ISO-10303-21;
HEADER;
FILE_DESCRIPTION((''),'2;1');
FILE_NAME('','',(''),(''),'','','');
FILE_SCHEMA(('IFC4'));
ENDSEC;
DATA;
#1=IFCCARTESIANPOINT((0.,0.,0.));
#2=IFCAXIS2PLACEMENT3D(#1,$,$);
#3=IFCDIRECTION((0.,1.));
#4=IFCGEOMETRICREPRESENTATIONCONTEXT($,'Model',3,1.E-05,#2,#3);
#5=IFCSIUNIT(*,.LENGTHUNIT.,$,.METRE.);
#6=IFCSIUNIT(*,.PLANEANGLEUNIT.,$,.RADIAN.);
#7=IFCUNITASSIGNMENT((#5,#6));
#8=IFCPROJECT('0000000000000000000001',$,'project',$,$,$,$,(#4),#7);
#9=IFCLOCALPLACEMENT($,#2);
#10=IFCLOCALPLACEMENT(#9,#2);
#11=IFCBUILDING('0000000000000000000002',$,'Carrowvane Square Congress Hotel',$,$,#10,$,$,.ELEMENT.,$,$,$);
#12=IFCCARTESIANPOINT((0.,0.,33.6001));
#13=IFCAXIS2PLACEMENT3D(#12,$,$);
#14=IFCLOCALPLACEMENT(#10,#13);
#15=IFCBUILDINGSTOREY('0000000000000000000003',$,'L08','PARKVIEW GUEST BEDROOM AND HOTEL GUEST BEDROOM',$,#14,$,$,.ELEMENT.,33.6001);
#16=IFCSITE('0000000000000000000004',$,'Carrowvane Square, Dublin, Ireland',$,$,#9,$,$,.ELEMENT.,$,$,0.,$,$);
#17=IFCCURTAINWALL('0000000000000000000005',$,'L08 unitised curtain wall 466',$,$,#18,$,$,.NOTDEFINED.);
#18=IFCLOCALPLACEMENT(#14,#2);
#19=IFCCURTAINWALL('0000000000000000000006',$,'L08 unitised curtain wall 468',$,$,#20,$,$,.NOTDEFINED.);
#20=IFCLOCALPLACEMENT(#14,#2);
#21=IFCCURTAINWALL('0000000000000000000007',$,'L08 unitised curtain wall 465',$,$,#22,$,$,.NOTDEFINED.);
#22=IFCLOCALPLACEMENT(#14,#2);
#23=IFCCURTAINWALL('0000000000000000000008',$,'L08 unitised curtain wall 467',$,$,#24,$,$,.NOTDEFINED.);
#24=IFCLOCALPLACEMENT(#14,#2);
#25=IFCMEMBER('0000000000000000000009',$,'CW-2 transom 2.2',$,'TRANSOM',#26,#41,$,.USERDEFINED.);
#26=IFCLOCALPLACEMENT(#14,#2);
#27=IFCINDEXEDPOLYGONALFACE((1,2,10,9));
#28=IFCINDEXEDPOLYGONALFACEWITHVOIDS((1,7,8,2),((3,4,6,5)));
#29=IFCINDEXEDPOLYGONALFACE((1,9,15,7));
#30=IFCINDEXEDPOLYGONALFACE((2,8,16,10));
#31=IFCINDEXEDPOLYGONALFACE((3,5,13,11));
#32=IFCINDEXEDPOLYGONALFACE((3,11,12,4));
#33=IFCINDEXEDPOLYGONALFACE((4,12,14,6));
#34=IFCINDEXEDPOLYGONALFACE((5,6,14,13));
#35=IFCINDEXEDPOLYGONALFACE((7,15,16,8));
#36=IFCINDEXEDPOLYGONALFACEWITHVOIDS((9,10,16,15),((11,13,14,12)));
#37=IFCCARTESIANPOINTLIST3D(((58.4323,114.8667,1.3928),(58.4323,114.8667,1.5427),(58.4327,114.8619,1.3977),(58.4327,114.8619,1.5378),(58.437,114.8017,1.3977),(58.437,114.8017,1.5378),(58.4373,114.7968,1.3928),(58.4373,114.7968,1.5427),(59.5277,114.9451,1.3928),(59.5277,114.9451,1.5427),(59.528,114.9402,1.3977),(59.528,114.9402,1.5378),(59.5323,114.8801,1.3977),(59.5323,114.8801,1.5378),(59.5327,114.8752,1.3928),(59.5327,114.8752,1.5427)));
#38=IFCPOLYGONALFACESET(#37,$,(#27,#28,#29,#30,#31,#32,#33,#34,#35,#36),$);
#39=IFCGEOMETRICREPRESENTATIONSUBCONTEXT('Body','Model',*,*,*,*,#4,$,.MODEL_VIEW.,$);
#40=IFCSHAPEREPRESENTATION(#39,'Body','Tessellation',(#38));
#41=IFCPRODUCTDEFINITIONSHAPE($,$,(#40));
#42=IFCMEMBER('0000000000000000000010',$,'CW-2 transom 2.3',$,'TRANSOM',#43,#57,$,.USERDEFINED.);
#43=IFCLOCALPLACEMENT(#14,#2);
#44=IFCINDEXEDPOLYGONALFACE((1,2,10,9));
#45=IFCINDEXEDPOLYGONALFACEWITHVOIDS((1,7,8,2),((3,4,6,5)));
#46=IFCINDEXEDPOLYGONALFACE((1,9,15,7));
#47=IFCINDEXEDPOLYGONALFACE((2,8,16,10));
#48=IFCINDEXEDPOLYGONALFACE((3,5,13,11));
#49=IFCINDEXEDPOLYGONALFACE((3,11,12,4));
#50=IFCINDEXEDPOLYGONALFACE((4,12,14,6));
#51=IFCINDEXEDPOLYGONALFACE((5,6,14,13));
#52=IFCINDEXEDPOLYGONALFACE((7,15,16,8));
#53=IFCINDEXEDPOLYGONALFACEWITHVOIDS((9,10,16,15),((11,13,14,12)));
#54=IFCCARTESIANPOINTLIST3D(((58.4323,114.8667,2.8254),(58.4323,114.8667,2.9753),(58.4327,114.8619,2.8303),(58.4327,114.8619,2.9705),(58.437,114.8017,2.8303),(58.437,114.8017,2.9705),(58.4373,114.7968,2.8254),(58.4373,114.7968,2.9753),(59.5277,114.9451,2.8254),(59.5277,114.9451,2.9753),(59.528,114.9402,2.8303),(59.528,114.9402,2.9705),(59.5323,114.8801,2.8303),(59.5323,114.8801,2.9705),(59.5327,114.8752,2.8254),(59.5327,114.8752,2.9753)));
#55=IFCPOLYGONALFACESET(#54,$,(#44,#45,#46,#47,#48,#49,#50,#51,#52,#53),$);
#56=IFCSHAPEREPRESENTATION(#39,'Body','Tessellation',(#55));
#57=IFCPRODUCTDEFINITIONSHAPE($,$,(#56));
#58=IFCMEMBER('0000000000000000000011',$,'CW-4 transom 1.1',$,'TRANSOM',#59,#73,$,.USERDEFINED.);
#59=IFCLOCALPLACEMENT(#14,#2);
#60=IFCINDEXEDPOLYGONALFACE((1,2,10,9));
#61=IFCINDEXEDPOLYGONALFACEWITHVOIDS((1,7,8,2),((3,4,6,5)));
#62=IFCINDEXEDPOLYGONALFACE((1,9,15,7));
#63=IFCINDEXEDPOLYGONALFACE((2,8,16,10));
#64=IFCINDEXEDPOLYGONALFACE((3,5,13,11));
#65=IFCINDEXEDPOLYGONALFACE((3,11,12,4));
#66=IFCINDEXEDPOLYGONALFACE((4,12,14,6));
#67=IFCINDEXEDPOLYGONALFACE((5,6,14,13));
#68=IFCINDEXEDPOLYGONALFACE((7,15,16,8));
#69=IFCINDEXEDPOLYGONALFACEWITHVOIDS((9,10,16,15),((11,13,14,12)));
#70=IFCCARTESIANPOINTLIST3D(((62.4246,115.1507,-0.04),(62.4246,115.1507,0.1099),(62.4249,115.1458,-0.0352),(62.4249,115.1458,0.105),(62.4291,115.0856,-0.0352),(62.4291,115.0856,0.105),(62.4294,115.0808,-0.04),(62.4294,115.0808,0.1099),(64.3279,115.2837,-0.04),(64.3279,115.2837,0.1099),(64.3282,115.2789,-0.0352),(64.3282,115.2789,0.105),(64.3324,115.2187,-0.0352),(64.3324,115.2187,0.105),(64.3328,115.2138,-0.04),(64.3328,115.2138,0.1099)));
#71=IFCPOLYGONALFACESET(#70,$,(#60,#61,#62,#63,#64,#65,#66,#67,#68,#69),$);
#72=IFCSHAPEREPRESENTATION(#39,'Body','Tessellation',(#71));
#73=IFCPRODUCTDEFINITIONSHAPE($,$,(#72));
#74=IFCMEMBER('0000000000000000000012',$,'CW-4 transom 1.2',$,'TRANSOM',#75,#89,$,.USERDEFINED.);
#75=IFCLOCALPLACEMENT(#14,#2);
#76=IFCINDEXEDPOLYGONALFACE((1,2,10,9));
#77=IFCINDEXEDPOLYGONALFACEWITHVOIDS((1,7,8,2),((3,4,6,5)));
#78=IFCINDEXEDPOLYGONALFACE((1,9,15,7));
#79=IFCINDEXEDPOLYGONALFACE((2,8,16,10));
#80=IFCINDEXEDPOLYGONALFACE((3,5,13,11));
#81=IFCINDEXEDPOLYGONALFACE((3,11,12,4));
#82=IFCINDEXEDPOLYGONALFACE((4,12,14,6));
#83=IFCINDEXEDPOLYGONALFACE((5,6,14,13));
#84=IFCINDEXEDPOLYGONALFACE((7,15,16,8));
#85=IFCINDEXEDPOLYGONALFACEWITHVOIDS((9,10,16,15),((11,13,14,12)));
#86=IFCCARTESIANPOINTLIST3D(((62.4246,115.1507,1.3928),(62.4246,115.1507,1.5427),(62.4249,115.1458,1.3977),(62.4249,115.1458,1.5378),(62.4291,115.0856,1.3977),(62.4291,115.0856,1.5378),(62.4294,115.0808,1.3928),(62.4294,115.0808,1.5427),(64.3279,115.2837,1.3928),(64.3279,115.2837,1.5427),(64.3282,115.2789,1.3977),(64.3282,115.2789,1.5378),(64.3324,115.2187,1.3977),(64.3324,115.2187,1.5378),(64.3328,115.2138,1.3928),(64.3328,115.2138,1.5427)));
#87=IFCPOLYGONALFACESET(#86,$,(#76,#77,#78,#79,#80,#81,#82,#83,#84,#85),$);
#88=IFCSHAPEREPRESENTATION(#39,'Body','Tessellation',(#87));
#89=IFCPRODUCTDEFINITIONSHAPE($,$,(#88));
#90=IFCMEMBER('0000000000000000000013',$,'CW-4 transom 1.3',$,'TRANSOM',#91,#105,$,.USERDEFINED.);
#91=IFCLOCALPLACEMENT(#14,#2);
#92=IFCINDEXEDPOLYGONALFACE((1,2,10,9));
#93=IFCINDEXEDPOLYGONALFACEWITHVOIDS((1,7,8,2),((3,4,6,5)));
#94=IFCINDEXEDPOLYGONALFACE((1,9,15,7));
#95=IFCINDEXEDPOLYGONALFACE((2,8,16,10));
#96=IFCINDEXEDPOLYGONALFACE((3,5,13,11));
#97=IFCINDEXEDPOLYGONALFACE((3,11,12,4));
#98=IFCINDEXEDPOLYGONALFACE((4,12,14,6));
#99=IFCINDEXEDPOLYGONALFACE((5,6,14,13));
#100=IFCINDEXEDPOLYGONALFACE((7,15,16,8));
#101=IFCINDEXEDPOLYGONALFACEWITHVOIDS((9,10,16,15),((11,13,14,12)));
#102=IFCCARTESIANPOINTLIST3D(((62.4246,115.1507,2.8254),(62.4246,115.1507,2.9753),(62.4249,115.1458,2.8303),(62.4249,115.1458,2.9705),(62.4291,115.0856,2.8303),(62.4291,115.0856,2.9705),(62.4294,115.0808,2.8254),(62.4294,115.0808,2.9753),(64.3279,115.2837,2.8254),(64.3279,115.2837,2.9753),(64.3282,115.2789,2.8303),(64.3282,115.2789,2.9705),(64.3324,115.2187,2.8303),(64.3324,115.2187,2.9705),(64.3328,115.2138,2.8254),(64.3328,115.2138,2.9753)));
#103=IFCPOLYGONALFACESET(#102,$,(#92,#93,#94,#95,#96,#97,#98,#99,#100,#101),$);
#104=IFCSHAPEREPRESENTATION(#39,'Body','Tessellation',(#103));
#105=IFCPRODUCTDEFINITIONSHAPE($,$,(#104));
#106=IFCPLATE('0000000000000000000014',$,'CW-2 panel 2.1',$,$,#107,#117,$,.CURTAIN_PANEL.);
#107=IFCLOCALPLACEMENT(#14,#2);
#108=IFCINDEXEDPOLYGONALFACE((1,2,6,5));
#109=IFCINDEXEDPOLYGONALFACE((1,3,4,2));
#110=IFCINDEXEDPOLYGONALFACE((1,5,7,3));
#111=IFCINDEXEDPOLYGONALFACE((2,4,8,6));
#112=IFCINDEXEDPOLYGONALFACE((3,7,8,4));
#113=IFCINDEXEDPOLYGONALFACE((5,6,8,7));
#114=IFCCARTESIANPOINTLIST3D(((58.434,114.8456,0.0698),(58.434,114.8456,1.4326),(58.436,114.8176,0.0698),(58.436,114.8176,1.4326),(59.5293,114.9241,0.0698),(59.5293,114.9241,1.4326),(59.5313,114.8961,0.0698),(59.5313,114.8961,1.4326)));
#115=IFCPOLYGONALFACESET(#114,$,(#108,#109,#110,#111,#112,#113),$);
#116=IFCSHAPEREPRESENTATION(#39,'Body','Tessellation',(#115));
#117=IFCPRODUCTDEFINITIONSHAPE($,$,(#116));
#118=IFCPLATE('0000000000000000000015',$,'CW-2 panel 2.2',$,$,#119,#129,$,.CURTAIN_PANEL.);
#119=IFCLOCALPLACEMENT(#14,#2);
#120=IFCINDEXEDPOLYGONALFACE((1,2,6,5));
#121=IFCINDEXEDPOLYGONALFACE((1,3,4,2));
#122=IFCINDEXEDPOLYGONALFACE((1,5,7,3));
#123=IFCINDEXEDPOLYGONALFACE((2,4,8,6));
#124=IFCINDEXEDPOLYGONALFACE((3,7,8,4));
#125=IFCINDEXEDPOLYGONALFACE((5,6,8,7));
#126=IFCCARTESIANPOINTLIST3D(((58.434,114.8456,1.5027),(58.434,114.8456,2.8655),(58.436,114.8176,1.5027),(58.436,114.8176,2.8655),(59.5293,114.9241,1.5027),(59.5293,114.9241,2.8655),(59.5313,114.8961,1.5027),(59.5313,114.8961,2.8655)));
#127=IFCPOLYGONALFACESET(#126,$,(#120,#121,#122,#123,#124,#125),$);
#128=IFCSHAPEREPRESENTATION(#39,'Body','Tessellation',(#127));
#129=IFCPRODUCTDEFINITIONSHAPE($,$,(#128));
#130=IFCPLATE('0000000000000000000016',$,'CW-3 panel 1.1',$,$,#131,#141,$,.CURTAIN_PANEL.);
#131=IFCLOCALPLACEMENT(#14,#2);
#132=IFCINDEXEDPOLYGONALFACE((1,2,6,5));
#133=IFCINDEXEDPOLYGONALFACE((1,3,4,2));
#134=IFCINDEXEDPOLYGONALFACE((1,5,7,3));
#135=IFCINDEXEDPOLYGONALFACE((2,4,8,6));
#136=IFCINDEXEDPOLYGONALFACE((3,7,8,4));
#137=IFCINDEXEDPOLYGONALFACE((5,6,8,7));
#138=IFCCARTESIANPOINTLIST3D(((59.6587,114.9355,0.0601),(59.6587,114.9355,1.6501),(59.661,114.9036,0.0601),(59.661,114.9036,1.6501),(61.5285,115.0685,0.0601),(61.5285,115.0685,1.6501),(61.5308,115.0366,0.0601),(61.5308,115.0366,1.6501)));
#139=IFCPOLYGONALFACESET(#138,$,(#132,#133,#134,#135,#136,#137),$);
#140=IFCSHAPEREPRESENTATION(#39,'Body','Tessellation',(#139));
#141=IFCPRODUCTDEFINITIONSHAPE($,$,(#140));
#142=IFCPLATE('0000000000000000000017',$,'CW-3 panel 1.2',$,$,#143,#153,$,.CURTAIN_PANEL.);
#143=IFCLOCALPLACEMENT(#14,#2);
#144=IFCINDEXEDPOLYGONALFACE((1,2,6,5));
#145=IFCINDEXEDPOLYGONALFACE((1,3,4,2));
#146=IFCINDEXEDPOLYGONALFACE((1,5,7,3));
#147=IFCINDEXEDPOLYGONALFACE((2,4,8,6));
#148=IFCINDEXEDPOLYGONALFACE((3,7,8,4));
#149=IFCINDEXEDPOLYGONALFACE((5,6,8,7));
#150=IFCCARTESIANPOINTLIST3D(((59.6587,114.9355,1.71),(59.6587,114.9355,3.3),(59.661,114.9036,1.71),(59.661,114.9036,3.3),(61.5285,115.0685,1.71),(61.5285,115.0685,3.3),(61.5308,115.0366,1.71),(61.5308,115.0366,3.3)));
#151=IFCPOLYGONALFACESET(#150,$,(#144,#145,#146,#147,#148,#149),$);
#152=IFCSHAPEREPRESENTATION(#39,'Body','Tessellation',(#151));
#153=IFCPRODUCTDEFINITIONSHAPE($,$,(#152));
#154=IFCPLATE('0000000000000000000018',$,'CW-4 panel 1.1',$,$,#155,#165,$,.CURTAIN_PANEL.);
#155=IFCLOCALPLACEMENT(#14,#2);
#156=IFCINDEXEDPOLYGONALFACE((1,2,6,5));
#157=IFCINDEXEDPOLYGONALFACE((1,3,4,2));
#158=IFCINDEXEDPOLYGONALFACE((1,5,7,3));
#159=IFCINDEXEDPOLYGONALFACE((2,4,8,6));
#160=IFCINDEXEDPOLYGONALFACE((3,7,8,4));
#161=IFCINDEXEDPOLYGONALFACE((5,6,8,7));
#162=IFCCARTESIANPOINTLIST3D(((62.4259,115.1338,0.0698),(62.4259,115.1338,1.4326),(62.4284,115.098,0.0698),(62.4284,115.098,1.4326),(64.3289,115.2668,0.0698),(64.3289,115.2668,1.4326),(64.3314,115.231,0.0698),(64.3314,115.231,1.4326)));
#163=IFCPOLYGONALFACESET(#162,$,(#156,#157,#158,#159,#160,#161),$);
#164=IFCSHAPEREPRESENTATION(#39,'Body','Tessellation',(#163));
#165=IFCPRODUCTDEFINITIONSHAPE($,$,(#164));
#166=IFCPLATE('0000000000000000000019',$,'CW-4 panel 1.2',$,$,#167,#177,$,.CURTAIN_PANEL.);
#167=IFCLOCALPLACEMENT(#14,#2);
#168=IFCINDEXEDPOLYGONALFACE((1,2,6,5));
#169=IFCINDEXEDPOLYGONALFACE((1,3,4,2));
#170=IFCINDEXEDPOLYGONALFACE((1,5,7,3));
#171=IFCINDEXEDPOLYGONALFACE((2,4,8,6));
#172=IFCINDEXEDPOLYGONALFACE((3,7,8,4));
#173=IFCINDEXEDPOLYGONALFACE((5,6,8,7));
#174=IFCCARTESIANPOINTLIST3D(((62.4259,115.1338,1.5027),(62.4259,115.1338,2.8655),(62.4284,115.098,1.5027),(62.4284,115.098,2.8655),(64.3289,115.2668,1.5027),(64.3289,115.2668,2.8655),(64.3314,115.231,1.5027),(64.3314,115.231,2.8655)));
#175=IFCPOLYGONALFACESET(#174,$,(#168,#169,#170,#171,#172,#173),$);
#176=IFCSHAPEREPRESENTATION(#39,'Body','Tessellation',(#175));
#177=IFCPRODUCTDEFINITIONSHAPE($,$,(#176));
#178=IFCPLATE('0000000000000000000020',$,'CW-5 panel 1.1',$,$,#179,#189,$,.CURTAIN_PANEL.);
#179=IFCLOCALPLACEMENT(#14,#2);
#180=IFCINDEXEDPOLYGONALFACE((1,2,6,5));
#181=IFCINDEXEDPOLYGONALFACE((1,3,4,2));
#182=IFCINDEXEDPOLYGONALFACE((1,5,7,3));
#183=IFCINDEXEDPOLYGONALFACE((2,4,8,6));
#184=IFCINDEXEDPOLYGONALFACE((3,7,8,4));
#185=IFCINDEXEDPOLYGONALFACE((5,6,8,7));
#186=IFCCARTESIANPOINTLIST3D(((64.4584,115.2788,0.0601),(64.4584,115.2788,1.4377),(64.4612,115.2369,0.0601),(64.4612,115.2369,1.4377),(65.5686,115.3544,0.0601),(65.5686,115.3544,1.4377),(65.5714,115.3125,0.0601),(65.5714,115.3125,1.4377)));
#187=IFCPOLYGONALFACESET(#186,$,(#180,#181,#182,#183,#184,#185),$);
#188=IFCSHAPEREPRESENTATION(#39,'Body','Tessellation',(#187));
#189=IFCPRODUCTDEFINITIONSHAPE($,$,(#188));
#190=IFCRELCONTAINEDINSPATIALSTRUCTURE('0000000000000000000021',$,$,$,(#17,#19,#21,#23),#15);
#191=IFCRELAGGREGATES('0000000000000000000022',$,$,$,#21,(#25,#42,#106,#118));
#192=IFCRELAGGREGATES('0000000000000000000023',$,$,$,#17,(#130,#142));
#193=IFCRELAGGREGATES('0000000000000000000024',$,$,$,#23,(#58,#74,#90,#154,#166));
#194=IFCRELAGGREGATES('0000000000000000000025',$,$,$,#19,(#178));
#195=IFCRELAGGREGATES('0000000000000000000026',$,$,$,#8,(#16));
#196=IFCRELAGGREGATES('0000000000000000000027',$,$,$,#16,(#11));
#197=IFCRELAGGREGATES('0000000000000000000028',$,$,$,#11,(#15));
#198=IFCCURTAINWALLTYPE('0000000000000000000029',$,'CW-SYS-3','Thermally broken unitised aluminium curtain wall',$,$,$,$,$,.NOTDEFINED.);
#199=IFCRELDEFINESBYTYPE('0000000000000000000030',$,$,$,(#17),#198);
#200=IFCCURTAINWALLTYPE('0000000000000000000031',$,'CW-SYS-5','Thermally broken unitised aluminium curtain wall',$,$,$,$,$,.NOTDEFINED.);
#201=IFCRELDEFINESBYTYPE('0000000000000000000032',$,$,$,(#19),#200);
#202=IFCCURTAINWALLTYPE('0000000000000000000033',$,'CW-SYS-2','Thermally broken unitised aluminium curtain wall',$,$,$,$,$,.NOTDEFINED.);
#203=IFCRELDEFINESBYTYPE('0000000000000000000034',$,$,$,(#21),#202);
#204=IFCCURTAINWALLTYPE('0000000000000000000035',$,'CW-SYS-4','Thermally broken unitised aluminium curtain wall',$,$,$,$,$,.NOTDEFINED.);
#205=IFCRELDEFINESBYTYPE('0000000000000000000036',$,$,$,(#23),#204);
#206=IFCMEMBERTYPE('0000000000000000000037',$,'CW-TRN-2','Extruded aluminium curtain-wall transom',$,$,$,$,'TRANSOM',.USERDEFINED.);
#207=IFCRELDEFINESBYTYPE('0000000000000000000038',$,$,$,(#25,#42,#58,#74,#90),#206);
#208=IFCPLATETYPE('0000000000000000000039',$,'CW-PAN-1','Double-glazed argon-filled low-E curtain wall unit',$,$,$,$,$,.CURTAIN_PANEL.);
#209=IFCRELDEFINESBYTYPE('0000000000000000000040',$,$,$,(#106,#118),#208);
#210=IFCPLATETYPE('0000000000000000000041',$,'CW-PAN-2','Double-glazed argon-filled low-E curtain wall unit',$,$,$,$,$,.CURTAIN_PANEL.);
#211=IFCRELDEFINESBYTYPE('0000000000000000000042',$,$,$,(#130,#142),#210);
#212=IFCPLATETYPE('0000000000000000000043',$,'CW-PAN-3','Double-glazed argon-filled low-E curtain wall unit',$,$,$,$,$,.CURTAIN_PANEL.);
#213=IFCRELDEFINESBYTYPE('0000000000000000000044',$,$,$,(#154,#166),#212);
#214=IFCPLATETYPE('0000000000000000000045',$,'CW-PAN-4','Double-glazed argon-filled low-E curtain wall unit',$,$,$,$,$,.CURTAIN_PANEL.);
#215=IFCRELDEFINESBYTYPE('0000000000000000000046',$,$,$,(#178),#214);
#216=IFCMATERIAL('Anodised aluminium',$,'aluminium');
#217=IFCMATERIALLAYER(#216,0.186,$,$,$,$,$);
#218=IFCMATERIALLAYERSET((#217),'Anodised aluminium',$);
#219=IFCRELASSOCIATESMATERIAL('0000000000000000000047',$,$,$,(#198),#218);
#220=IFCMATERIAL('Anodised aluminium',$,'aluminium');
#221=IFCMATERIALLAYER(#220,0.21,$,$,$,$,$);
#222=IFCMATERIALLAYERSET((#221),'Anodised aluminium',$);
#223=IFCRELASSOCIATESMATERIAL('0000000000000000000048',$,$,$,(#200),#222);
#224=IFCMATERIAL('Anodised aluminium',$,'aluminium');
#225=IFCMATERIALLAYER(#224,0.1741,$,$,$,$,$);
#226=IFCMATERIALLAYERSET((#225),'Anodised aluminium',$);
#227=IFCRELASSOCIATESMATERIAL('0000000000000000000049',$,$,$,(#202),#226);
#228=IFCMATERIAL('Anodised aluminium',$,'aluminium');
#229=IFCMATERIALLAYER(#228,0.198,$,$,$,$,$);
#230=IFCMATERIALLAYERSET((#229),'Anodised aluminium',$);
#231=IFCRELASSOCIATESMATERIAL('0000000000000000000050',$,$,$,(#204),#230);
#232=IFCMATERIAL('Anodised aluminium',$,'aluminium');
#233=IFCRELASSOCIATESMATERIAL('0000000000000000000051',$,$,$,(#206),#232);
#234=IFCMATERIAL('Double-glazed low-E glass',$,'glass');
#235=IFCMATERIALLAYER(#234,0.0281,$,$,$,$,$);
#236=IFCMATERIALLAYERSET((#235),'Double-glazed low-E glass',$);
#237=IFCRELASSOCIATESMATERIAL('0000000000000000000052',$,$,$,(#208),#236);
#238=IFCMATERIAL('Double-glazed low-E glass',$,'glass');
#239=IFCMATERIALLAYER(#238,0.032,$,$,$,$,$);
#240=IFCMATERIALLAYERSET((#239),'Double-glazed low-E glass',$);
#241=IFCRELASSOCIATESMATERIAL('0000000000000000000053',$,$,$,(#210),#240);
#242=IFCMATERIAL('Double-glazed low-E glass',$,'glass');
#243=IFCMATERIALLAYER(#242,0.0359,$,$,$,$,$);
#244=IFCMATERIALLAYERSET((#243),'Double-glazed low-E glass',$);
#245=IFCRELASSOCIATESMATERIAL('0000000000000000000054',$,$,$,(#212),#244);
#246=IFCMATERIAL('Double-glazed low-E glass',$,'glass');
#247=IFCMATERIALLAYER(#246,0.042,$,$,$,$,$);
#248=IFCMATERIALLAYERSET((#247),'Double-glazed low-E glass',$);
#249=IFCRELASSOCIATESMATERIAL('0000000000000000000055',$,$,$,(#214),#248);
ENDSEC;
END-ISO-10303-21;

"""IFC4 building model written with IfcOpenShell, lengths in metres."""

from ifc_helpers import new_model, si_unit, direction, frame, origin, origin_2d, place, context, subcontext, project, spatial, rectangle, hollow_rectangle, extrude, material, layer, layer_set, material_profile, profile_set, type_object, element, aggregate, save


model = new_model("IFC4")

# Units and contexts
model_context = context("Model", 3, precision=1e-05, world=origin(), true_north=direction((0.0, 1.0)))
body_context = subcontext(model_context, "Body", "Model", "MODEL_VIEW")
ifc_project = project(units=[si_unit("LENGTHUNIT", "METRE"), si_unit("PLANEANGLEUNIT", "RADIAN")], contexts=[model_context])

# Site, building, storey
site_placement = place(None, origin())
site = spatial("IfcSite", under=ifc_project, at=site_placement, Name="Carrowvane Square, Dublin, Ireland", CompositionType="ELEMENT", RefElevation=0.0)
building_placement = place(site_placement, origin())
building = spatial("IfcBuilding", under=site, at=building_placement, Name="Carrowvane Square Congress Hotel", CompositionType="ELEMENT")
storey_placement = place(building_placement, frame((0.0, 0.0, 33.6001)))
storey = spatial("IfcBuildingStorey", under=building, at=storey_placement, Name="L08", Description="PARKVIEW GUEST BEDROOM AND HOTEL GUEST BEDROOM", CompositionType="ELEMENT", Elevation=33.6001)

# Curtain walls
ifc_material_1 = material(Name="Anodised aluminium", Category="aluminium")
ifc_layer_1 = layer(ifc_material_1, 0.186)
ifc_layer_set_1 = layer_set([ifc_layer_1], Name="Anodised aluminium")
curtain_wall_type_1 = type_object("IfcCurtainWallType", Name="CW-SYS-3", Description="Thermally broken unitised aluminium curtain wall", PredefinedType="NOTDEFINED", material=ifc_layer_set_1)
curtain_wall_1_placement = place(storey_placement, origin())
curtain_wall_1 = element("IfcCurtainWall", 1, at=curtain_wall_1_placement, inside=storey, type_object=curtain_wall_type_1, Name="L08 unitised curtain wall 466", PredefinedType="NOTDEFINED")
ifc_material_2 = material(Name="Anodised aluminium", Category="aluminium")
ifc_layer_2 = layer(ifc_material_2, 0.21)
ifc_layer_set_2 = layer_set([ifc_layer_2], Name="Anodised aluminium")
curtain_wall_type_2 = type_object("IfcCurtainWallType", Name="CW-SYS-5", Description="Thermally broken unitised aluminium curtain wall", PredefinedType="NOTDEFINED", material=ifc_layer_set_2)
curtain_wall_2_placement = place(storey_placement, origin())
curtain_wall_2 = element("IfcCurtainWall", 2, at=curtain_wall_2_placement, inside=storey, type_object=curtain_wall_type_2, Name="L08 unitised curtain wall 468", PredefinedType="NOTDEFINED")

# Curtain wall
ifc_material_3 = material(Name="Anodised aluminium", Category="aluminium")
ifc_layer_3 = layer(ifc_material_3, 0.1741)
ifc_layer_set_3 = layer_set([ifc_layer_3], Name="Anodised aluminium")
curtain_wall_type_3 = type_object("IfcCurtainWallType", Name="CW-SYS-2", Description="Thermally broken unitised aluminium curtain wall", PredefinedType="NOTDEFINED", material=ifc_layer_set_3)
curtain_wall_3_placement = place(storey_placement, origin())
curtain_wall_3 = element("IfcCurtainWall", 3, at=curtain_wall_3_placement, inside=storey, type_object=curtain_wall_type_3, Name="L08 unitised curtain wall 465", PredefinedType="NOTDEFINED")

# Curtain wall
ifc_material_4 = material(Name="Anodised aluminium", Category="aluminium")
ifc_layer_4 = layer(ifc_material_4, 0.198)
ifc_layer_set_4 = layer_set([ifc_layer_4], Name="Anodised aluminium")
curtain_wall_type_4 = type_object("IfcCurtainWallType", Name="CW-SYS-4", Description="Thermally broken unitised aluminium curtain wall", PredefinedType="NOTDEFINED", material=ifc_layer_set_4)
curtain_wall_4_placement = place(storey_placement, origin())
curtain_wall_4 = element("IfcCurtainWall", 4, at=curtain_wall_4_placement, inside=storey, type_object=curtain_wall_type_4, Name="L08 unitised curtain wall 467", PredefinedType="NOTDEFINED")

# Members
ifc_material_5 = material(Name="Anodised aluminium", Category="aluminium")
ifc_material_profile_1 = material_profile(ifc_material_5, hollow_rectangle(XDim=0.0701, YDim=0.1499, WallThickness=0.0049, at=origin_2d()), Name="CW-TR 70x150x5")
ifc_profile_set_1 = profile_set([ifc_material_profile_1], Name="Anodised aluminium")
member_type_1 = type_object("IfcMemberType", Name="CW-TRN-2", Description="Extruded aluminium curtain-wall transom", ElementType="TRANSOM", PredefinedType="USERDEFINED", material=ifc_profile_set_1)
member_1_placement = place(storey_placement, frame((58.4348, 114.8318, 1.4678), z_axis=(0.997451, 0.071358, 0.0), x_axis=(-0.071358, 0.997451, 0.0)))
member_1 = element("IfcMember", 5, at=member_1_placement, type_object=member_type_1, Name="CW-2 transom 2.2", ObjectType="TRANSOM", PredefinedType="USERDEFINED", context=body_context, shape_type="SweptSolid", body=[
    extrude(hollow_rectangle(XDim=0.0701, YDim=0.1499, WallThickness=0.0049, at=origin_2d()), origin(), (0.0, 0.0, 1.0), 1.0981),
])
member_2_placement = place(storey_placement, frame((58.4348, 114.8318, 2.9004), z_axis=(0.997451, 0.071358, 0.0), x_axis=(-0.071358, 0.997451, 0.0)))
member_2 = element("IfcMember", 6, at=member_2_placement, type_object=member_type_1, Name="CW-2 transom 2.3", ObjectType="TRANSOM", PredefinedType="USERDEFINED", context=body_context, shape_type="SweptSolid", body=[
    extrude(hollow_rectangle(XDim=0.0701, YDim=0.1499, WallThickness=0.0049, at=origin_2d()), origin(), (0.0, 0.0, 1.0), 1.0981),
])
member_3_placement = place(storey_placement, frame((62.427, 115.1157, 0.0349), z_axis=(0.997565, 0.069737, 0.0), x_axis=(-0.069737, 0.997565, 0.0)))
member_3 = element("IfcMember", 7, at=member_3_placement, type_object=member_type_1, Name="CW-4 transom 1.1", ObjectType="TRANSOM", PredefinedType="USERDEFINED", context=body_context, shape_type="SweptSolid", body=[
    extrude(hollow_rectangle(XDim=0.0701, YDim=0.1499, WallThickness=0.0049, at=origin_2d()), origin(), (0.0, 0.0, 1.0), 1.908),
])
member_4_placement = place(storey_placement, frame((62.427, 115.1157, 1.4678), z_axis=(0.997565, 0.069737, 0.0), x_axis=(-0.069737, 0.997565, 0.0)))
member_4 = element("IfcMember", 8, at=member_4_placement, type_object=member_type_1, Name="CW-4 transom 1.2", ObjectType="TRANSOM", PredefinedType="USERDEFINED", context=body_context, shape_type="SweptSolid", body=[
    extrude(hollow_rectangle(XDim=0.0701, YDim=0.1499, WallThickness=0.0049, at=origin_2d()), origin(), (0.0, 0.0, 1.0), 1.908),
])
member_5_placement = place(storey_placement, frame((62.427, 115.1157, 2.9004), z_axis=(0.997565, 0.069737, 0.0), x_axis=(-0.069737, 0.997565, 0.0)))
member_5 = element("IfcMember", 9, at=member_5_placement, type_object=member_type_1, Name="CW-4 transom 1.3", ObjectType="TRANSOM", PredefinedType="USERDEFINED", context=body_context, shape_type="SweptSolid", body=[
    extrude(hollow_rectangle(XDim=0.0701, YDim=0.1499, WallThickness=0.0049, at=origin_2d()), origin(), (0.0, 0.0, 1.0), 1.908),
])

# Plates
ifc_material_6 = material(Name="Double-glazed low-E glass", Category="glass")
ifc_layer_5 = layer(ifc_material_6, 0.0281)
ifc_layer_set_5 = layer_set([ifc_layer_5], Name="Double-glazed low-E glass")
plate_type_1 = type_object("IfcPlateType", Name="CW-PAN-1", Description="Double-glazed argon-filled low-E curtain wall unit", PredefinedType="CURTAIN_PANEL", material=ifc_layer_set_5)
plate_1_placement = place(storey_placement, frame((58.9827, 114.8708, 0.0698), z_axis=(0.0, 0.0, 1.0), x_axis=(0.997438, 0.071532, 0.0)))
plate_1 = element("IfcPlate", 10, at=plate_1_placement, type_object=plate_type_1, Name="CW-2 panel 2.1", PredefinedType="CURTAIN_PANEL", context=body_context, shape_type="SweptSolid", body=[
    extrude(rectangle(XDim=1.0981, YDim=0.0281, at=origin_2d()), origin(), (0.0, 0.0, 1.0), 1.3628),
])
plate_2_placement = place(storey_placement, frame((58.9827, 114.8708, 1.5027), z_axis=(0.0, 0.0, 1.0), x_axis=(0.997438, 0.071532, 0.0)))
plate_2 = element("IfcPlate", 11, at=plate_2_placement, type_object=plate_type_1, Name="CW-2 panel 2.2", PredefinedType="CURTAIN_PANEL", context=body_context, shape_type="SweptSolid", body=[
    extrude(rectangle(XDim=1.0981, YDim=0.0281, at=origin_2d()), origin(), (0.0, 0.0, 1.0), 1.3628),
])
aggregate(curtain_wall_3, [member_1, member_2, plate_1, plate_2])
ifc_material_7 = material(Name="Double-glazed low-E glass", Category="glass")
ifc_layer_6 = layer(ifc_material_7, 0.032)
ifc_layer_set_6 = layer_set([ifc_layer_6], Name="Double-glazed low-E glass")
plate_type_2 = type_object("IfcPlateType", Name="CW-PAN-2", Description="Double-glazed argon-filled low-E curtain wall unit", PredefinedType="CURTAIN_PANEL", material=ifc_layer_set_6)
plate_3_placement = place(storey_placement, frame((60.5947, 114.9861, 0.0601), z_axis=(0.0, 0.0, 1.0), x_axis=(0.997479, 0.07096, 0.0)))
plate_3 = element("IfcPlate", 12, at=plate_3_placement, type_object=plate_type_2, Name="CW-3 panel 1.1", PredefinedType="CURTAIN_PANEL", context=body_context, shape_type="SweptSolid", body=[
    extrude(rectangle(XDim=1.8745, YDim=0.032, at=origin_2d()), origin(), (0.0, 0.0, 1.0), 1.5901),
])
plate_4_placement = place(storey_placement, frame((60.5947, 114.9861, 1.71), z_axis=(0.0, 0.0, 1.0), x_axis=(0.997479, 0.07096, 0.0)))
plate_4 = element("IfcPlate", 13, at=plate_4_placement, type_object=plate_type_2, Name="CW-3 panel 1.2", PredefinedType="CURTAIN_PANEL", context=body_context, shape_type="SweptSolid", body=[
    extrude(rectangle(XDim=1.8745, YDim=0.032, at=origin_2d()), origin(), (0.0, 0.0, 1.0), 1.5901),
])
aggregate(curtain_wall_1, [plate_3, plate_4])
ifc_material_8 = material(Name="Double-glazed low-E glass", Category="glass")
ifc_layer_7 = layer(ifc_material_8, 0.0359)
ifc_layer_set_7 = layer_set([ifc_layer_7], Name="Double-glazed low-E glass")
plate_type_3 = type_object("IfcPlateType", Name="CW-PAN-3", Description="Double-glazed argon-filled low-E curtain wall unit", PredefinedType="CURTAIN_PANEL", material=ifc_layer_set_7)
plate_5_placement = place(storey_placement, frame((63.3787, 115.1824, 0.0698), z_axis=(0.0, 0.0, 1.0), x_axis=(0.997566, 0.069724, 0.0)))
plate_5 = element("IfcPlate", 14, at=plate_5_placement, type_object=plate_type_3, Name="CW-4 panel 1.1", PredefinedType="CURTAIN_PANEL", context=body_context, shape_type="SweptSolid", body=[
    extrude(rectangle(XDim=1.9077, YDim=0.0359, at=origin_2d()), origin(), (0.0, 0.0, 1.0), 1.3628),
])
plate_6_placement = place(storey_placement, frame((63.3787, 115.1824, 1.5027), z_axis=(0.0, 0.0, 1.0), x_axis=(0.997566, 0.069724, 0.0)))
plate_6 = element("IfcPlate", 15, at=plate_6_placement, type_object=plate_type_3, Name="CW-4 panel 1.2", PredefinedType="CURTAIN_PANEL", context=body_context, shape_type="SweptSolid", body=[
    extrude(rectangle(XDim=1.9077, YDim=0.0359, at=origin_2d()), origin(), (0.0, 0.0, 1.0), 1.3628),
])
aggregate(curtain_wall_4, [member_3, member_4, member_5, plate_5, plate_6])
ifc_material_9 = material(Name="Double-glazed low-E glass", Category="glass")
ifc_layer_8 = layer(ifc_material_9, 0.042)
ifc_layer_set_8 = layer_set([ifc_layer_8], Name="Double-glazed low-E glass")
plate_type_4 = type_object("IfcPlateType", Name="CW-PAN-4", Description="Double-glazed argon-filled low-E curtain wall unit", PredefinedType="CURTAIN_PANEL", material=ifc_layer_set_8)
plate_7_placement = place(storey_placement, frame((65.0149, 115.2957, 0.0601), z_axis=(0.0, 0.0, 1.0), x_axis=(0.997694, 0.067865, 0.0)))
plate_7 = element("IfcPlate", 16, at=plate_7_placement, type_object=plate_type_4, Name="CW-5 panel 1.1", PredefinedType="CURTAIN_PANEL", context=body_context, shape_type="SweptSolid", body=[
    extrude(rectangle(XDim=1.1128, YDim=0.042, at=origin_2d()), origin(), (0.0, 0.0, 1.0), 1.3777),
])
aggregate(curtain_wall_2, [plate_7])

save(model, "model.ifc")
